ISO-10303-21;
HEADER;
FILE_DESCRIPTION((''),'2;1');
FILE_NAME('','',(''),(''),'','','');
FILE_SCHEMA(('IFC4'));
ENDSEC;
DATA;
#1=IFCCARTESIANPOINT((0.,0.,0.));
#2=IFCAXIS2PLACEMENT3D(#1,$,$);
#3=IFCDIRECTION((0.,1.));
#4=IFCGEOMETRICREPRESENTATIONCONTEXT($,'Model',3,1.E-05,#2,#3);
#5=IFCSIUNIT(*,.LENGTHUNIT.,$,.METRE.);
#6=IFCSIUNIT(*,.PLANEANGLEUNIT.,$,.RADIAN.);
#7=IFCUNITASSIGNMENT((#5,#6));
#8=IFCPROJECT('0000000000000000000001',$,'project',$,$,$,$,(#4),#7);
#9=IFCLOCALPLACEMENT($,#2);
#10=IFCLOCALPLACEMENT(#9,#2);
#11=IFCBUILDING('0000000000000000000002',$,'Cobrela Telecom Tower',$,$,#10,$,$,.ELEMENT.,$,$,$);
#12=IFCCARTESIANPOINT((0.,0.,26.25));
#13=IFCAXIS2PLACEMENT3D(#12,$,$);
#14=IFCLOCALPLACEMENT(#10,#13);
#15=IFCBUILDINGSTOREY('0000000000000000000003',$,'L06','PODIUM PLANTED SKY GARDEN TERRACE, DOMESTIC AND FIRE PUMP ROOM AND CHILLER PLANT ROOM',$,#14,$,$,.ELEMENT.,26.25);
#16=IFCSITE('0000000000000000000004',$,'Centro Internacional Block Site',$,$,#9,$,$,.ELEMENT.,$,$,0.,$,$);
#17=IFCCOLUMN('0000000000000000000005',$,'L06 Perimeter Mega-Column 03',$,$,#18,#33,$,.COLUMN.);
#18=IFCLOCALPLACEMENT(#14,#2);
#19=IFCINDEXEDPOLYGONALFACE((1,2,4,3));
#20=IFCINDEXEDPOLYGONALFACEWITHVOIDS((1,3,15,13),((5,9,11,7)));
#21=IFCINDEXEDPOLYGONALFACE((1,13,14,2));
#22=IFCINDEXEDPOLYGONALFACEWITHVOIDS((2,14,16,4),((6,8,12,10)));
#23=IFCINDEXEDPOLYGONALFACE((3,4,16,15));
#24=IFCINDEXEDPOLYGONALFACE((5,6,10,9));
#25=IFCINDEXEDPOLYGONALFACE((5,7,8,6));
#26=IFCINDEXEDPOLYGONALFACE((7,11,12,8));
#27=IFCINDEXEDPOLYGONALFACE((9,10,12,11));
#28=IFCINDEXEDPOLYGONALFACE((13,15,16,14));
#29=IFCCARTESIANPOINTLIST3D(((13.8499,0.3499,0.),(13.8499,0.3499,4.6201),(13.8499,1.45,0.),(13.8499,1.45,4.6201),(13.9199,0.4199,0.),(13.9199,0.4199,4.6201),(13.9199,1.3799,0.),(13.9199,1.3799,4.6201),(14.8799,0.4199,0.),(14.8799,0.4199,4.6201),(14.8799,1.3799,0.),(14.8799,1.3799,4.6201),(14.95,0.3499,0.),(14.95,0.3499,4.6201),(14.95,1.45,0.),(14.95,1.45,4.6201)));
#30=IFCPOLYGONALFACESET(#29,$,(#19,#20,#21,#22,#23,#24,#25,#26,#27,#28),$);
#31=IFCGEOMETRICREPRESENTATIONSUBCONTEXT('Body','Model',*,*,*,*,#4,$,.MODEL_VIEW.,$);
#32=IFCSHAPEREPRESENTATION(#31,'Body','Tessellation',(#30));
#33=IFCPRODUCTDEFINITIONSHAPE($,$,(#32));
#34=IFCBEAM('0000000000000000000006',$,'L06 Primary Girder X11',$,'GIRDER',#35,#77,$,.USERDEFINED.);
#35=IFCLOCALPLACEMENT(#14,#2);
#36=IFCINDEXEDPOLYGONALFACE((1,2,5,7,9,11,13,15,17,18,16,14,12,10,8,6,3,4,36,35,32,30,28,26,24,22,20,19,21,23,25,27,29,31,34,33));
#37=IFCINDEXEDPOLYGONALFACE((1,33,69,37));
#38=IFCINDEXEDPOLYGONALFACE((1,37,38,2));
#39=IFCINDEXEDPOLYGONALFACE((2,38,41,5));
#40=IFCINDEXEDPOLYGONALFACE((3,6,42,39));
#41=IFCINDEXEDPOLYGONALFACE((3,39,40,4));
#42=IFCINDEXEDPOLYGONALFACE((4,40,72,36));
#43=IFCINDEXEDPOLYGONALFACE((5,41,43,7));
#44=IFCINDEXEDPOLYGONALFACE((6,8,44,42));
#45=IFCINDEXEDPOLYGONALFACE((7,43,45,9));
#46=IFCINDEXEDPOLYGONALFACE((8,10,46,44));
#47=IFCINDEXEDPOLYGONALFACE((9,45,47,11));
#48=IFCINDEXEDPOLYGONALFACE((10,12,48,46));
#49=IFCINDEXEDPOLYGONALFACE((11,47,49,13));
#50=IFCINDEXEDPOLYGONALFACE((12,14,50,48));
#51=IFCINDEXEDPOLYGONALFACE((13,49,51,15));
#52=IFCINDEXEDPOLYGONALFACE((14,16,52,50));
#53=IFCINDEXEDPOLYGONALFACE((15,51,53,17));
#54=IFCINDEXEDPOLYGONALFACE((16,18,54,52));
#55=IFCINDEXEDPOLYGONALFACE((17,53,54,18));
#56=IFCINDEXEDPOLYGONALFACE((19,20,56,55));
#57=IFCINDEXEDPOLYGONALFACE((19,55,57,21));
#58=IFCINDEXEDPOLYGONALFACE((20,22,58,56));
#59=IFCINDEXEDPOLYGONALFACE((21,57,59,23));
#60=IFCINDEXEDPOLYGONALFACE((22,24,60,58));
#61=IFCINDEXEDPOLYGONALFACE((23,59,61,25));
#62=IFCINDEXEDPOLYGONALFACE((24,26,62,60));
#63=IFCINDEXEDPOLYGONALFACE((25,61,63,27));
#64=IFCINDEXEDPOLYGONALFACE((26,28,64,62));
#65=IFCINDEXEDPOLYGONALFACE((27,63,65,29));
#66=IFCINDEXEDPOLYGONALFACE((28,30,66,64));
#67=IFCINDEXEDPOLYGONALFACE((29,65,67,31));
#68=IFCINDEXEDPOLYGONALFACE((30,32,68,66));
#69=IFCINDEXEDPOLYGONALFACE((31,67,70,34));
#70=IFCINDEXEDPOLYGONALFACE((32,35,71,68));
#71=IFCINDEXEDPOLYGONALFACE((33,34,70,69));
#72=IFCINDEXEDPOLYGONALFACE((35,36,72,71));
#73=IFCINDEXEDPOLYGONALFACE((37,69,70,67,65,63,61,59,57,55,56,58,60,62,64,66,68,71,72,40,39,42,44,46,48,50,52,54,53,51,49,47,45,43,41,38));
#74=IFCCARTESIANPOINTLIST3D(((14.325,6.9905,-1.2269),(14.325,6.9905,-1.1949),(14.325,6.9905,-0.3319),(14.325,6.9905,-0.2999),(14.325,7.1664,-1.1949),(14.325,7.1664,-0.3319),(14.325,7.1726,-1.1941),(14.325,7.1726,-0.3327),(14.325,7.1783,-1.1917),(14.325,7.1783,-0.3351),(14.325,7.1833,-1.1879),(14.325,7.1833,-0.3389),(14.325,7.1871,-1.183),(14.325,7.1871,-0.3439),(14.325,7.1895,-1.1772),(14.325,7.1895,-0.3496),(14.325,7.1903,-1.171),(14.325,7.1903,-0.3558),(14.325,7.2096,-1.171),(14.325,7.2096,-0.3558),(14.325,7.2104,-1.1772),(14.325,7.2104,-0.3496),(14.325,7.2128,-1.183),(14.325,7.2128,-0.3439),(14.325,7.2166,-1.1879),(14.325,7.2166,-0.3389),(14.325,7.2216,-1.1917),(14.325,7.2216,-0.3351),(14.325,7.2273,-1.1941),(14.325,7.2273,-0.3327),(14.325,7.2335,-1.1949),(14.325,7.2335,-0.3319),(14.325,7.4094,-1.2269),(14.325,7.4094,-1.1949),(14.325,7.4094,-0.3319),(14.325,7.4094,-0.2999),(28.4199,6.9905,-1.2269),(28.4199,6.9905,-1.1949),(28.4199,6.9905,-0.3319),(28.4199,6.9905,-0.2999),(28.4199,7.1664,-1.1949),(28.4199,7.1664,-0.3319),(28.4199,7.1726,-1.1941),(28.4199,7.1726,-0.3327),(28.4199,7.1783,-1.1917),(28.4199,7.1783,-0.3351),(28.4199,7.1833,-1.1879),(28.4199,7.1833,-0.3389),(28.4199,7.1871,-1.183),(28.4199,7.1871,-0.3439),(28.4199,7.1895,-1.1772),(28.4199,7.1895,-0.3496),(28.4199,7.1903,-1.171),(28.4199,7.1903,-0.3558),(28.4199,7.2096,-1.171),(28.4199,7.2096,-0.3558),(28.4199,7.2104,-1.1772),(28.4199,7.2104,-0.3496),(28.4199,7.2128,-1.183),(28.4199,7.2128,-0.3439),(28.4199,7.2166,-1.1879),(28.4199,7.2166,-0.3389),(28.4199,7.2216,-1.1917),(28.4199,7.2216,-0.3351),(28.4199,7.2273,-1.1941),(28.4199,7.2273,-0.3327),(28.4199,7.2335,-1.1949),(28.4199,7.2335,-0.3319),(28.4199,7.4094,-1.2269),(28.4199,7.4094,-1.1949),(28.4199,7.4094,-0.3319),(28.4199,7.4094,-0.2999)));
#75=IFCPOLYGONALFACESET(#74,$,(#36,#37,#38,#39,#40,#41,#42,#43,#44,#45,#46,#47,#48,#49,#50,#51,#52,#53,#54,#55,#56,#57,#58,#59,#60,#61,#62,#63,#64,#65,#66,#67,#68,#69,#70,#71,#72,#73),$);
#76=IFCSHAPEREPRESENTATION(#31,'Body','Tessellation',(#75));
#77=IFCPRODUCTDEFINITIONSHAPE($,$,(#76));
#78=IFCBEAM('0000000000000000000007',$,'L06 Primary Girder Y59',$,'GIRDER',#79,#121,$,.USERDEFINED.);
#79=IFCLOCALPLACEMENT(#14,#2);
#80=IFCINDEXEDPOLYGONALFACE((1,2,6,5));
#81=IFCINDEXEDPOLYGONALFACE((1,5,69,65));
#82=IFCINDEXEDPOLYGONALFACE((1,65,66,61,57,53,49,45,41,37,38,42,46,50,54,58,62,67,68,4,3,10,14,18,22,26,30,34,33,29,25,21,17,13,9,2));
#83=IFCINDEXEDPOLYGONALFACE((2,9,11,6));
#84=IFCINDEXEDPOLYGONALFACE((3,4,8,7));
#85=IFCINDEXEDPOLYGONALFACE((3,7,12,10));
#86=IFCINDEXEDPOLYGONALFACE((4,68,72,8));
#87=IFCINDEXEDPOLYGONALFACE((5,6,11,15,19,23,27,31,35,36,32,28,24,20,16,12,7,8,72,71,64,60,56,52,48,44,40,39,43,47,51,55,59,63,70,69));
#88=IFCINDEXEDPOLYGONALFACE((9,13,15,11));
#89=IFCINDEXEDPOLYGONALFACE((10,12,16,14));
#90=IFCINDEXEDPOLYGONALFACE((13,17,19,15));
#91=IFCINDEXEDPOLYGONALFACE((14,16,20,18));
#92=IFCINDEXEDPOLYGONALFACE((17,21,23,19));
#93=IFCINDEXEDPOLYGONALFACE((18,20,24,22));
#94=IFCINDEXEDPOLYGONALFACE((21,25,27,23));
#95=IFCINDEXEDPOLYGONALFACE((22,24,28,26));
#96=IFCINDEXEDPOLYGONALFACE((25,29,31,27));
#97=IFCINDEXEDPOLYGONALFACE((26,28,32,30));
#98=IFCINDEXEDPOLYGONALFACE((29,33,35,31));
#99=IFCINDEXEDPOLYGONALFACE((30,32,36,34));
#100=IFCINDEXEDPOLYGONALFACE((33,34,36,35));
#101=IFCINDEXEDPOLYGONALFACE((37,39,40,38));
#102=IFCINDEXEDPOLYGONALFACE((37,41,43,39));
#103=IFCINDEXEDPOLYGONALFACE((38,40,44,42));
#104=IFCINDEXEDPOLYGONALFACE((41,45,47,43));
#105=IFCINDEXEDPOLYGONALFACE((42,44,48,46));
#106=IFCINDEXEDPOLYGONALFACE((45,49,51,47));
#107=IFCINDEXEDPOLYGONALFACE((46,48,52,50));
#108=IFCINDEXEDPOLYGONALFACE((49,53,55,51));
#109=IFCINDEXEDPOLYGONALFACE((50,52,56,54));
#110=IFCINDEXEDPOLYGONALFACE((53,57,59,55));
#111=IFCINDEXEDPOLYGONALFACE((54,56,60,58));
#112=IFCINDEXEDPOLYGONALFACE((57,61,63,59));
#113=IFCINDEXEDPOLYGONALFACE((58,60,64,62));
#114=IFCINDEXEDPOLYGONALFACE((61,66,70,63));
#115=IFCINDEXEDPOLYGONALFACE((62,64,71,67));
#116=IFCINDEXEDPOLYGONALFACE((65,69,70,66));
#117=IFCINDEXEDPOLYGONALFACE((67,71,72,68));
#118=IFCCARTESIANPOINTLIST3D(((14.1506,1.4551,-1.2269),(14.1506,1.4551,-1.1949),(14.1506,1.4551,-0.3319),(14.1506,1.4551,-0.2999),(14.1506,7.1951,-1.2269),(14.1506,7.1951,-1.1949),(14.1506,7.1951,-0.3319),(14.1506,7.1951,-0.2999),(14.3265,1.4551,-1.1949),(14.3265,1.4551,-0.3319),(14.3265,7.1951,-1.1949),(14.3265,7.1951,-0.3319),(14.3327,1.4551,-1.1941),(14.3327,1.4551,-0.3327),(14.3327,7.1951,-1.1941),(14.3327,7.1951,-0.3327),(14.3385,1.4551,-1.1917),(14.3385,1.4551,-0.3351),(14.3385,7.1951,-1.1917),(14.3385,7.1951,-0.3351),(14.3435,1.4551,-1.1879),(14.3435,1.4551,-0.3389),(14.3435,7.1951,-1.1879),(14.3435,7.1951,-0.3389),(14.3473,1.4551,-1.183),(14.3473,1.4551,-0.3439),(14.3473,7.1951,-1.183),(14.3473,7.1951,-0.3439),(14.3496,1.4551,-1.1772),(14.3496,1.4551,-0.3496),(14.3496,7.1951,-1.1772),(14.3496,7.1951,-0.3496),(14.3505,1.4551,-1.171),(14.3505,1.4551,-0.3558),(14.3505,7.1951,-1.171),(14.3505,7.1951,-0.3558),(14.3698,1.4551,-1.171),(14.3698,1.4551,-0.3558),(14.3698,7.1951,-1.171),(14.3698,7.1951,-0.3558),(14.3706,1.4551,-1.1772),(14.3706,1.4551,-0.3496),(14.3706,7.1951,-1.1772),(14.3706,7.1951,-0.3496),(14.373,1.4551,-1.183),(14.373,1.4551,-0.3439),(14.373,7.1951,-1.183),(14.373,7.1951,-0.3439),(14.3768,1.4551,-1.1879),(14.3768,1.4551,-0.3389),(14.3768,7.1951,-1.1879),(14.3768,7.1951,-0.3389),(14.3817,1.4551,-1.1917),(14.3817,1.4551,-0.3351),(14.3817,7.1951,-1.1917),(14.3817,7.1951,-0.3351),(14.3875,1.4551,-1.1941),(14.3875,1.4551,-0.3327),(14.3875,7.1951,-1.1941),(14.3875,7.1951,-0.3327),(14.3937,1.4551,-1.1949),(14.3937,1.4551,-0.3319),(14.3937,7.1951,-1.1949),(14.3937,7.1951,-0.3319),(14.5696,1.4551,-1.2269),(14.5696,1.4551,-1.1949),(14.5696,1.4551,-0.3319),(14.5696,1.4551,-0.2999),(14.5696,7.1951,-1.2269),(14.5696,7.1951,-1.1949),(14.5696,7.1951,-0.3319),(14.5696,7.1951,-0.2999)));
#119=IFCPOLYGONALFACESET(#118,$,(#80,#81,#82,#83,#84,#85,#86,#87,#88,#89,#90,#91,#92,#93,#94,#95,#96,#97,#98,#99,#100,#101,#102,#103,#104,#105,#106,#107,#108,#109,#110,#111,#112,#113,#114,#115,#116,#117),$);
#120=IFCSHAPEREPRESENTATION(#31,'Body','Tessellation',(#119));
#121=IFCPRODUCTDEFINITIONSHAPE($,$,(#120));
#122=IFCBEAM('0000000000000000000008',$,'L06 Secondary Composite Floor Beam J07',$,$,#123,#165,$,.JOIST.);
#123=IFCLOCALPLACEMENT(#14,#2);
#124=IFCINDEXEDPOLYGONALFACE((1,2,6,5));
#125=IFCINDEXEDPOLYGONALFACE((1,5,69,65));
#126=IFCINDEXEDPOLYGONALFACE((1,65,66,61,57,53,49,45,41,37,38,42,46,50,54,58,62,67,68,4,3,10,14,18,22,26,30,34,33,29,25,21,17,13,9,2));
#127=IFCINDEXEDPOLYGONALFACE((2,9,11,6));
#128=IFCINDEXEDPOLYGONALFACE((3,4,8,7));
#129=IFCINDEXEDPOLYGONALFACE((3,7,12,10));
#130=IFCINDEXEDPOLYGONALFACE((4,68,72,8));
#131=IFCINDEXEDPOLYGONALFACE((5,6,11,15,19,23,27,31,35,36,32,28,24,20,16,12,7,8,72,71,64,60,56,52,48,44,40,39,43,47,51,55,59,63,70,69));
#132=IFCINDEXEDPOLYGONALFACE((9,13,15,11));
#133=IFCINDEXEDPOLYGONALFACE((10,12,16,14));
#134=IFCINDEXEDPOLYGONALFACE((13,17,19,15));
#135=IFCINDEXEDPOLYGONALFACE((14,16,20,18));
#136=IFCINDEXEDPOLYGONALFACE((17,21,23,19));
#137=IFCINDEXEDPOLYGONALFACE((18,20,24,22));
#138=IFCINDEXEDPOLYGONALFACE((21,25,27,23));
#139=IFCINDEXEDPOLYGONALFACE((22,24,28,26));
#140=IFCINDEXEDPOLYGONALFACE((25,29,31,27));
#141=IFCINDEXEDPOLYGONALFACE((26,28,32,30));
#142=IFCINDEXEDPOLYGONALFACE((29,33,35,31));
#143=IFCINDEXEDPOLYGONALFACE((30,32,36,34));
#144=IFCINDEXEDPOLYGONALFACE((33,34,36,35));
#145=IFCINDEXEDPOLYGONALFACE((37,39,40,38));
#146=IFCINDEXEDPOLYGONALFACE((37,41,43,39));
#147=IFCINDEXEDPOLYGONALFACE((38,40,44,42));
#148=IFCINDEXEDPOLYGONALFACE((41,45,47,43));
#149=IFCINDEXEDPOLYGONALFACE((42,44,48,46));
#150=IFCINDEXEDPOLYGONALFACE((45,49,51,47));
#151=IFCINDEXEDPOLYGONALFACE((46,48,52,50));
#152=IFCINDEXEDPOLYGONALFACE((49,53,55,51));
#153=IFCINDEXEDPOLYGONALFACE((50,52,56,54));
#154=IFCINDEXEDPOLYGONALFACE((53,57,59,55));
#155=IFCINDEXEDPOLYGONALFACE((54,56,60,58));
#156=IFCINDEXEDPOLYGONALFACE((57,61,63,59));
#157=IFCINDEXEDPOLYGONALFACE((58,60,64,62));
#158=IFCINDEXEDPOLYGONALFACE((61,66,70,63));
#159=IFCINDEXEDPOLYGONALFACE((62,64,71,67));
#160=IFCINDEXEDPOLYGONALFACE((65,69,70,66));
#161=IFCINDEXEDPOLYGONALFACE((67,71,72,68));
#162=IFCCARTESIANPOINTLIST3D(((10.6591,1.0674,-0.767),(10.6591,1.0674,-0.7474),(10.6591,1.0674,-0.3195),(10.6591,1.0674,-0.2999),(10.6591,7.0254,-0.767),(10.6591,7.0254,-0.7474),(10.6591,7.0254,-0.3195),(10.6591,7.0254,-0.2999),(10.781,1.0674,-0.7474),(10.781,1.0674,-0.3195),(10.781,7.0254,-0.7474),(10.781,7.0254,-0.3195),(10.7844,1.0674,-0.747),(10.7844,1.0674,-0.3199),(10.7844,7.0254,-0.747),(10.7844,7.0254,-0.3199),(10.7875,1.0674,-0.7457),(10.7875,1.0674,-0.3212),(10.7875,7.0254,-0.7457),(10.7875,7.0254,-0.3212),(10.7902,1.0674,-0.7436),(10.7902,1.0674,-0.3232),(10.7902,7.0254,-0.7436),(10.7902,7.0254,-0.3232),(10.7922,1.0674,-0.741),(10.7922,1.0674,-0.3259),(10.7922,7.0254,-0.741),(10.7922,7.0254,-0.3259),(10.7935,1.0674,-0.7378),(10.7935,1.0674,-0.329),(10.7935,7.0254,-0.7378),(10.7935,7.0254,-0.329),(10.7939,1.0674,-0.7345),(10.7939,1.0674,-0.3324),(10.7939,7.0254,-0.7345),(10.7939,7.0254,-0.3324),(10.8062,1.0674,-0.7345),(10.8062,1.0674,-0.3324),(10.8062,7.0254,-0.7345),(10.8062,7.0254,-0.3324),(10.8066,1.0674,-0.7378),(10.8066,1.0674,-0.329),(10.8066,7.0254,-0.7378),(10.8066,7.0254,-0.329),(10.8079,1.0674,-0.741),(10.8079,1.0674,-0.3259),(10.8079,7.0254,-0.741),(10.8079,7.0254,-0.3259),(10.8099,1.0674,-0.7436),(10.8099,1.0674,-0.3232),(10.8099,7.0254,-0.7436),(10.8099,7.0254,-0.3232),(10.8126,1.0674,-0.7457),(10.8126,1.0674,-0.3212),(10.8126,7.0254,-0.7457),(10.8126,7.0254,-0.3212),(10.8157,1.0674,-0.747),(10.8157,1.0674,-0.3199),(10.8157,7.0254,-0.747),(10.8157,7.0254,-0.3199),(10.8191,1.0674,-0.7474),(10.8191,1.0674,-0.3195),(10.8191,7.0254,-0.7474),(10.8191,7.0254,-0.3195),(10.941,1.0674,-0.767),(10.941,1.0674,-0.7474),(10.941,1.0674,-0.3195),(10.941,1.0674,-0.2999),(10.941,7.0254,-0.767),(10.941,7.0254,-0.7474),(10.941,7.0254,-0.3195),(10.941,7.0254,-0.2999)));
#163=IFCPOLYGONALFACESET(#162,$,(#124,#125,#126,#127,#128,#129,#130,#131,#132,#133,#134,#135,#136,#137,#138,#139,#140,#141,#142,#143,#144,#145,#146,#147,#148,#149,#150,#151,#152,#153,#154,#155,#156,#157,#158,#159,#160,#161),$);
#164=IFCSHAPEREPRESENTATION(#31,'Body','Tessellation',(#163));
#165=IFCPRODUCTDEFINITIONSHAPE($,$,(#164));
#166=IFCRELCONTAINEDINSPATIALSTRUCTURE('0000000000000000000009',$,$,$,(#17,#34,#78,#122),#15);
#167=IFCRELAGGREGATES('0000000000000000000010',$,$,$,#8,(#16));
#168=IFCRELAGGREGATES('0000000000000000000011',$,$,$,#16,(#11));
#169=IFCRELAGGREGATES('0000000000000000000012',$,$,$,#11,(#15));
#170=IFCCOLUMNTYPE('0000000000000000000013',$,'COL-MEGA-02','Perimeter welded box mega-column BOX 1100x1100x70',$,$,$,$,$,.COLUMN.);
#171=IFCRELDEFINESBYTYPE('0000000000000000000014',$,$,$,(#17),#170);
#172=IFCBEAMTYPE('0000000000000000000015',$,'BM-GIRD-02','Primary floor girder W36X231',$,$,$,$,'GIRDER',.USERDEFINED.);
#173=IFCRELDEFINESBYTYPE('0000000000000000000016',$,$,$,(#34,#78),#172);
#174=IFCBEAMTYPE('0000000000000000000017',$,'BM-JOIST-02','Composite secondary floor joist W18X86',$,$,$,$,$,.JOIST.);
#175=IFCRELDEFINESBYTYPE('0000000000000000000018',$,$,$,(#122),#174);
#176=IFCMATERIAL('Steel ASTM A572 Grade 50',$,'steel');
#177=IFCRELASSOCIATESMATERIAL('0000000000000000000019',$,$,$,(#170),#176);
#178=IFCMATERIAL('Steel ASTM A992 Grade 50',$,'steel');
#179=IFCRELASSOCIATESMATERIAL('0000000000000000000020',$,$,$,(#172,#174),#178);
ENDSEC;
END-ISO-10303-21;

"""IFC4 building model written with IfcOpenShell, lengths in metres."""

from ifc_helpers import new_model, si_unit, direction, frame, origin, origin_2d, place, context, subcontext, project, spatial, hollow_rectangle, i_section, extrude, material, material_profile, profile_set, type_object, element, save


model = new_model("IFC4")

# Units and contexts
model_context = context("Model", 3, precision=1e-05, world=origin(), true_north=direction((0.0, 1.0)))
body_context = subcontext(model_context, "Body", "Model", "MODEL_VIEW")
ifc_project = project(units=[si_unit("LENGTHUNIT", "METRE"), si_unit("PLANEANGLEUNIT", "RADIAN")], contexts=[model_context])

# Site, building, storey
site_placement = place(None, origin())
site = spatial("IfcSite", under=ifc_project, at=site_placement, Name="Centro Internacional Block Site", CompositionType="ELEMENT", RefElevation=0.0)
building_placement = place(site_placement, origin())
building = spatial("IfcBuilding", under=site, at=building_placement, Name="Cobrela Telecom Tower", CompositionType="ELEMENT")
storey_placement = place(building_placement, frame((0.0, 0.0, 26.25)))
storey = spatial("IfcBuildingStorey", under=building, at=storey_placement, Name="L06", Description="PODIUM PLANTED SKY GARDEN TERRACE, DOMESTIC AND FIRE PUMP ROOM AND CHILLER PLANT ROOM", CompositionType="ELEMENT", Elevation=26.25)

# Column
ifc_material_1 = material(Name="Steel ASTM A572 Grade 50", Category="steel")
ifc_material_profile_1 = material_profile(ifc_material_1, hollow_rectangle(XDim=1.1001, YDim=1.1001, WallThickness=0.0701, at=origin_2d()), Name="BOX 1100x1100x70")
ifc_profile_set_1 = profile_set([ifc_material_profile_1], Name="Steel ASTM A572 Grade 50")
column_type = type_object("IfcColumnType", Name="COL-MEGA-02", Description="Perimeter welded box mega-column BOX 1100x1100x70", PredefinedType="COLUMN", material=ifc_profile_set_1)
column_placement = place(storey_placement, frame((14.3999, 0.8999, 0.0), z_axis=(0.0, 0.0, 1.0), x_axis=(1.0, 0.0, 0.0)))
element("IfcColumn", 1, at=column_placement, inside=storey, type_object=column_type, Name="L06 Perimeter Mega-Column 03", PredefinedType="COLUMN", context=body_context, shape_type="SweptSolid", body=[
    extrude(hollow_rectangle(XDim=1.1001, YDim=1.1001, WallThickness=0.0701, at=origin_2d()), origin(), (0.0, 0.0, 1.0), 4.6201),
])

# Beams
ifc_material_2 = material(Name="Steel ASTM A992 Grade 50", Category="steel")
ifc_material_profile_2 = material_profile(ifc_material_2, i_section(OverallWidth=0.4189, OverallDepth=0.927, WebThickness=0.0193, FlangeThickness=0.032, FilletRadius=0.0239, at=origin_2d()), Name="W36X231")
ifc_profile_set_2 = profile_set([ifc_material_profile_2], Name="Steel ASTM A992 Grade 50")
beam_type_1 = type_object("IfcBeamType", Name="BM-GIRD-02", Description="Primary floor girder W36X231", ElementType="GIRDER", PredefinedType="USERDEFINED", material=ifc_profile_set_2)
beam_1_placement = place(storey_placement, frame((14.325, 7.2, -0.7634), z_axis=(1.0, 0.0, 0.0), x_axis=(0.0, 1.0, 0.0)))
element("IfcBeam", 2, at=beam_1_placement, inside=storey, type_object=beam_type_1, Name="L06 Primary Girder X11", ObjectType="GIRDER", PredefinedType="USERDEFINED", context=body_context, shape_type="SweptSolid", body=[
    extrude(i_section(OverallWidth=0.4189, OverallDepth=0.927, WebThickness=0.0193, FlangeThickness=0.032, FilletRadius=0.0239, at=origin_2d()), origin(), (0.0, 0.0, 1.0), 14.095),
])
beam_2_placement = place(storey_placement, frame((14.3601, 1.4551, -0.7634), z_axis=(0.0, 1.0, 0.0), x_axis=(-1.0, 0.0, 0.0)))
element("IfcBeam", 3, at=beam_2_placement, inside=storey, type_object=beam_type_1, Name="L06 Primary Girder Y59", ObjectType="GIRDER", PredefinedType="USERDEFINED", context=body_context, shape_type="SweptSolid", body=[
    extrude(i_section(OverallWidth=0.4189, OverallDepth=0.927, WebThickness=0.0193, FlangeThickness=0.032, FilletRadius=0.0239, at=origin_2d()), origin(), (0.0, 0.0, 1.0), 5.74),
])
ifc_material_profile_3 = material_profile(ifc_material_2, i_section(OverallWidth=0.282, OverallDepth=0.467, WebThickness=0.0122, FlangeThickness=0.0195, FilletRadius=0.0129, at=origin_2d()), Name="W18X86")
ifc_profile_set_3 = profile_set([ifc_material_profile_3], Name="Steel ASTM A992 Grade 50")
beam_type_2 = type_object("IfcBeamType", Name="BM-JOIST-02", Description="Composite secondary floor joist W18X86", PredefinedType="JOIST", material=ifc_profile_set_3)
for number, where, z_axis, x_axis, name in (
    (4, (10.8, 1.0674, -0.5334), (0.0, 1.0, 0.0), (-1.0, 0.0, 0.0), "L06 Secondary Composite Floor Beam J07"),
):
    element("IfcBeam", number, at=place(storey_placement, frame(where, z_axis=z_axis, x_axis=x_axis)), inside=storey, type_object=beam_type_2, Name=name, PredefinedType="JOIST", context=body_context, shape_type="SweptSolid", body=[
        extrude(i_section(OverallWidth=0.282, OverallDepth=0.467, WebThickness=0.0122, FlangeThickness=0.0195, FilletRadius=0.0129, at=origin_2d()), origin(), (0.0, 0.0, 1.0), 5.958),
    ])

save(model, "model.ifc")
